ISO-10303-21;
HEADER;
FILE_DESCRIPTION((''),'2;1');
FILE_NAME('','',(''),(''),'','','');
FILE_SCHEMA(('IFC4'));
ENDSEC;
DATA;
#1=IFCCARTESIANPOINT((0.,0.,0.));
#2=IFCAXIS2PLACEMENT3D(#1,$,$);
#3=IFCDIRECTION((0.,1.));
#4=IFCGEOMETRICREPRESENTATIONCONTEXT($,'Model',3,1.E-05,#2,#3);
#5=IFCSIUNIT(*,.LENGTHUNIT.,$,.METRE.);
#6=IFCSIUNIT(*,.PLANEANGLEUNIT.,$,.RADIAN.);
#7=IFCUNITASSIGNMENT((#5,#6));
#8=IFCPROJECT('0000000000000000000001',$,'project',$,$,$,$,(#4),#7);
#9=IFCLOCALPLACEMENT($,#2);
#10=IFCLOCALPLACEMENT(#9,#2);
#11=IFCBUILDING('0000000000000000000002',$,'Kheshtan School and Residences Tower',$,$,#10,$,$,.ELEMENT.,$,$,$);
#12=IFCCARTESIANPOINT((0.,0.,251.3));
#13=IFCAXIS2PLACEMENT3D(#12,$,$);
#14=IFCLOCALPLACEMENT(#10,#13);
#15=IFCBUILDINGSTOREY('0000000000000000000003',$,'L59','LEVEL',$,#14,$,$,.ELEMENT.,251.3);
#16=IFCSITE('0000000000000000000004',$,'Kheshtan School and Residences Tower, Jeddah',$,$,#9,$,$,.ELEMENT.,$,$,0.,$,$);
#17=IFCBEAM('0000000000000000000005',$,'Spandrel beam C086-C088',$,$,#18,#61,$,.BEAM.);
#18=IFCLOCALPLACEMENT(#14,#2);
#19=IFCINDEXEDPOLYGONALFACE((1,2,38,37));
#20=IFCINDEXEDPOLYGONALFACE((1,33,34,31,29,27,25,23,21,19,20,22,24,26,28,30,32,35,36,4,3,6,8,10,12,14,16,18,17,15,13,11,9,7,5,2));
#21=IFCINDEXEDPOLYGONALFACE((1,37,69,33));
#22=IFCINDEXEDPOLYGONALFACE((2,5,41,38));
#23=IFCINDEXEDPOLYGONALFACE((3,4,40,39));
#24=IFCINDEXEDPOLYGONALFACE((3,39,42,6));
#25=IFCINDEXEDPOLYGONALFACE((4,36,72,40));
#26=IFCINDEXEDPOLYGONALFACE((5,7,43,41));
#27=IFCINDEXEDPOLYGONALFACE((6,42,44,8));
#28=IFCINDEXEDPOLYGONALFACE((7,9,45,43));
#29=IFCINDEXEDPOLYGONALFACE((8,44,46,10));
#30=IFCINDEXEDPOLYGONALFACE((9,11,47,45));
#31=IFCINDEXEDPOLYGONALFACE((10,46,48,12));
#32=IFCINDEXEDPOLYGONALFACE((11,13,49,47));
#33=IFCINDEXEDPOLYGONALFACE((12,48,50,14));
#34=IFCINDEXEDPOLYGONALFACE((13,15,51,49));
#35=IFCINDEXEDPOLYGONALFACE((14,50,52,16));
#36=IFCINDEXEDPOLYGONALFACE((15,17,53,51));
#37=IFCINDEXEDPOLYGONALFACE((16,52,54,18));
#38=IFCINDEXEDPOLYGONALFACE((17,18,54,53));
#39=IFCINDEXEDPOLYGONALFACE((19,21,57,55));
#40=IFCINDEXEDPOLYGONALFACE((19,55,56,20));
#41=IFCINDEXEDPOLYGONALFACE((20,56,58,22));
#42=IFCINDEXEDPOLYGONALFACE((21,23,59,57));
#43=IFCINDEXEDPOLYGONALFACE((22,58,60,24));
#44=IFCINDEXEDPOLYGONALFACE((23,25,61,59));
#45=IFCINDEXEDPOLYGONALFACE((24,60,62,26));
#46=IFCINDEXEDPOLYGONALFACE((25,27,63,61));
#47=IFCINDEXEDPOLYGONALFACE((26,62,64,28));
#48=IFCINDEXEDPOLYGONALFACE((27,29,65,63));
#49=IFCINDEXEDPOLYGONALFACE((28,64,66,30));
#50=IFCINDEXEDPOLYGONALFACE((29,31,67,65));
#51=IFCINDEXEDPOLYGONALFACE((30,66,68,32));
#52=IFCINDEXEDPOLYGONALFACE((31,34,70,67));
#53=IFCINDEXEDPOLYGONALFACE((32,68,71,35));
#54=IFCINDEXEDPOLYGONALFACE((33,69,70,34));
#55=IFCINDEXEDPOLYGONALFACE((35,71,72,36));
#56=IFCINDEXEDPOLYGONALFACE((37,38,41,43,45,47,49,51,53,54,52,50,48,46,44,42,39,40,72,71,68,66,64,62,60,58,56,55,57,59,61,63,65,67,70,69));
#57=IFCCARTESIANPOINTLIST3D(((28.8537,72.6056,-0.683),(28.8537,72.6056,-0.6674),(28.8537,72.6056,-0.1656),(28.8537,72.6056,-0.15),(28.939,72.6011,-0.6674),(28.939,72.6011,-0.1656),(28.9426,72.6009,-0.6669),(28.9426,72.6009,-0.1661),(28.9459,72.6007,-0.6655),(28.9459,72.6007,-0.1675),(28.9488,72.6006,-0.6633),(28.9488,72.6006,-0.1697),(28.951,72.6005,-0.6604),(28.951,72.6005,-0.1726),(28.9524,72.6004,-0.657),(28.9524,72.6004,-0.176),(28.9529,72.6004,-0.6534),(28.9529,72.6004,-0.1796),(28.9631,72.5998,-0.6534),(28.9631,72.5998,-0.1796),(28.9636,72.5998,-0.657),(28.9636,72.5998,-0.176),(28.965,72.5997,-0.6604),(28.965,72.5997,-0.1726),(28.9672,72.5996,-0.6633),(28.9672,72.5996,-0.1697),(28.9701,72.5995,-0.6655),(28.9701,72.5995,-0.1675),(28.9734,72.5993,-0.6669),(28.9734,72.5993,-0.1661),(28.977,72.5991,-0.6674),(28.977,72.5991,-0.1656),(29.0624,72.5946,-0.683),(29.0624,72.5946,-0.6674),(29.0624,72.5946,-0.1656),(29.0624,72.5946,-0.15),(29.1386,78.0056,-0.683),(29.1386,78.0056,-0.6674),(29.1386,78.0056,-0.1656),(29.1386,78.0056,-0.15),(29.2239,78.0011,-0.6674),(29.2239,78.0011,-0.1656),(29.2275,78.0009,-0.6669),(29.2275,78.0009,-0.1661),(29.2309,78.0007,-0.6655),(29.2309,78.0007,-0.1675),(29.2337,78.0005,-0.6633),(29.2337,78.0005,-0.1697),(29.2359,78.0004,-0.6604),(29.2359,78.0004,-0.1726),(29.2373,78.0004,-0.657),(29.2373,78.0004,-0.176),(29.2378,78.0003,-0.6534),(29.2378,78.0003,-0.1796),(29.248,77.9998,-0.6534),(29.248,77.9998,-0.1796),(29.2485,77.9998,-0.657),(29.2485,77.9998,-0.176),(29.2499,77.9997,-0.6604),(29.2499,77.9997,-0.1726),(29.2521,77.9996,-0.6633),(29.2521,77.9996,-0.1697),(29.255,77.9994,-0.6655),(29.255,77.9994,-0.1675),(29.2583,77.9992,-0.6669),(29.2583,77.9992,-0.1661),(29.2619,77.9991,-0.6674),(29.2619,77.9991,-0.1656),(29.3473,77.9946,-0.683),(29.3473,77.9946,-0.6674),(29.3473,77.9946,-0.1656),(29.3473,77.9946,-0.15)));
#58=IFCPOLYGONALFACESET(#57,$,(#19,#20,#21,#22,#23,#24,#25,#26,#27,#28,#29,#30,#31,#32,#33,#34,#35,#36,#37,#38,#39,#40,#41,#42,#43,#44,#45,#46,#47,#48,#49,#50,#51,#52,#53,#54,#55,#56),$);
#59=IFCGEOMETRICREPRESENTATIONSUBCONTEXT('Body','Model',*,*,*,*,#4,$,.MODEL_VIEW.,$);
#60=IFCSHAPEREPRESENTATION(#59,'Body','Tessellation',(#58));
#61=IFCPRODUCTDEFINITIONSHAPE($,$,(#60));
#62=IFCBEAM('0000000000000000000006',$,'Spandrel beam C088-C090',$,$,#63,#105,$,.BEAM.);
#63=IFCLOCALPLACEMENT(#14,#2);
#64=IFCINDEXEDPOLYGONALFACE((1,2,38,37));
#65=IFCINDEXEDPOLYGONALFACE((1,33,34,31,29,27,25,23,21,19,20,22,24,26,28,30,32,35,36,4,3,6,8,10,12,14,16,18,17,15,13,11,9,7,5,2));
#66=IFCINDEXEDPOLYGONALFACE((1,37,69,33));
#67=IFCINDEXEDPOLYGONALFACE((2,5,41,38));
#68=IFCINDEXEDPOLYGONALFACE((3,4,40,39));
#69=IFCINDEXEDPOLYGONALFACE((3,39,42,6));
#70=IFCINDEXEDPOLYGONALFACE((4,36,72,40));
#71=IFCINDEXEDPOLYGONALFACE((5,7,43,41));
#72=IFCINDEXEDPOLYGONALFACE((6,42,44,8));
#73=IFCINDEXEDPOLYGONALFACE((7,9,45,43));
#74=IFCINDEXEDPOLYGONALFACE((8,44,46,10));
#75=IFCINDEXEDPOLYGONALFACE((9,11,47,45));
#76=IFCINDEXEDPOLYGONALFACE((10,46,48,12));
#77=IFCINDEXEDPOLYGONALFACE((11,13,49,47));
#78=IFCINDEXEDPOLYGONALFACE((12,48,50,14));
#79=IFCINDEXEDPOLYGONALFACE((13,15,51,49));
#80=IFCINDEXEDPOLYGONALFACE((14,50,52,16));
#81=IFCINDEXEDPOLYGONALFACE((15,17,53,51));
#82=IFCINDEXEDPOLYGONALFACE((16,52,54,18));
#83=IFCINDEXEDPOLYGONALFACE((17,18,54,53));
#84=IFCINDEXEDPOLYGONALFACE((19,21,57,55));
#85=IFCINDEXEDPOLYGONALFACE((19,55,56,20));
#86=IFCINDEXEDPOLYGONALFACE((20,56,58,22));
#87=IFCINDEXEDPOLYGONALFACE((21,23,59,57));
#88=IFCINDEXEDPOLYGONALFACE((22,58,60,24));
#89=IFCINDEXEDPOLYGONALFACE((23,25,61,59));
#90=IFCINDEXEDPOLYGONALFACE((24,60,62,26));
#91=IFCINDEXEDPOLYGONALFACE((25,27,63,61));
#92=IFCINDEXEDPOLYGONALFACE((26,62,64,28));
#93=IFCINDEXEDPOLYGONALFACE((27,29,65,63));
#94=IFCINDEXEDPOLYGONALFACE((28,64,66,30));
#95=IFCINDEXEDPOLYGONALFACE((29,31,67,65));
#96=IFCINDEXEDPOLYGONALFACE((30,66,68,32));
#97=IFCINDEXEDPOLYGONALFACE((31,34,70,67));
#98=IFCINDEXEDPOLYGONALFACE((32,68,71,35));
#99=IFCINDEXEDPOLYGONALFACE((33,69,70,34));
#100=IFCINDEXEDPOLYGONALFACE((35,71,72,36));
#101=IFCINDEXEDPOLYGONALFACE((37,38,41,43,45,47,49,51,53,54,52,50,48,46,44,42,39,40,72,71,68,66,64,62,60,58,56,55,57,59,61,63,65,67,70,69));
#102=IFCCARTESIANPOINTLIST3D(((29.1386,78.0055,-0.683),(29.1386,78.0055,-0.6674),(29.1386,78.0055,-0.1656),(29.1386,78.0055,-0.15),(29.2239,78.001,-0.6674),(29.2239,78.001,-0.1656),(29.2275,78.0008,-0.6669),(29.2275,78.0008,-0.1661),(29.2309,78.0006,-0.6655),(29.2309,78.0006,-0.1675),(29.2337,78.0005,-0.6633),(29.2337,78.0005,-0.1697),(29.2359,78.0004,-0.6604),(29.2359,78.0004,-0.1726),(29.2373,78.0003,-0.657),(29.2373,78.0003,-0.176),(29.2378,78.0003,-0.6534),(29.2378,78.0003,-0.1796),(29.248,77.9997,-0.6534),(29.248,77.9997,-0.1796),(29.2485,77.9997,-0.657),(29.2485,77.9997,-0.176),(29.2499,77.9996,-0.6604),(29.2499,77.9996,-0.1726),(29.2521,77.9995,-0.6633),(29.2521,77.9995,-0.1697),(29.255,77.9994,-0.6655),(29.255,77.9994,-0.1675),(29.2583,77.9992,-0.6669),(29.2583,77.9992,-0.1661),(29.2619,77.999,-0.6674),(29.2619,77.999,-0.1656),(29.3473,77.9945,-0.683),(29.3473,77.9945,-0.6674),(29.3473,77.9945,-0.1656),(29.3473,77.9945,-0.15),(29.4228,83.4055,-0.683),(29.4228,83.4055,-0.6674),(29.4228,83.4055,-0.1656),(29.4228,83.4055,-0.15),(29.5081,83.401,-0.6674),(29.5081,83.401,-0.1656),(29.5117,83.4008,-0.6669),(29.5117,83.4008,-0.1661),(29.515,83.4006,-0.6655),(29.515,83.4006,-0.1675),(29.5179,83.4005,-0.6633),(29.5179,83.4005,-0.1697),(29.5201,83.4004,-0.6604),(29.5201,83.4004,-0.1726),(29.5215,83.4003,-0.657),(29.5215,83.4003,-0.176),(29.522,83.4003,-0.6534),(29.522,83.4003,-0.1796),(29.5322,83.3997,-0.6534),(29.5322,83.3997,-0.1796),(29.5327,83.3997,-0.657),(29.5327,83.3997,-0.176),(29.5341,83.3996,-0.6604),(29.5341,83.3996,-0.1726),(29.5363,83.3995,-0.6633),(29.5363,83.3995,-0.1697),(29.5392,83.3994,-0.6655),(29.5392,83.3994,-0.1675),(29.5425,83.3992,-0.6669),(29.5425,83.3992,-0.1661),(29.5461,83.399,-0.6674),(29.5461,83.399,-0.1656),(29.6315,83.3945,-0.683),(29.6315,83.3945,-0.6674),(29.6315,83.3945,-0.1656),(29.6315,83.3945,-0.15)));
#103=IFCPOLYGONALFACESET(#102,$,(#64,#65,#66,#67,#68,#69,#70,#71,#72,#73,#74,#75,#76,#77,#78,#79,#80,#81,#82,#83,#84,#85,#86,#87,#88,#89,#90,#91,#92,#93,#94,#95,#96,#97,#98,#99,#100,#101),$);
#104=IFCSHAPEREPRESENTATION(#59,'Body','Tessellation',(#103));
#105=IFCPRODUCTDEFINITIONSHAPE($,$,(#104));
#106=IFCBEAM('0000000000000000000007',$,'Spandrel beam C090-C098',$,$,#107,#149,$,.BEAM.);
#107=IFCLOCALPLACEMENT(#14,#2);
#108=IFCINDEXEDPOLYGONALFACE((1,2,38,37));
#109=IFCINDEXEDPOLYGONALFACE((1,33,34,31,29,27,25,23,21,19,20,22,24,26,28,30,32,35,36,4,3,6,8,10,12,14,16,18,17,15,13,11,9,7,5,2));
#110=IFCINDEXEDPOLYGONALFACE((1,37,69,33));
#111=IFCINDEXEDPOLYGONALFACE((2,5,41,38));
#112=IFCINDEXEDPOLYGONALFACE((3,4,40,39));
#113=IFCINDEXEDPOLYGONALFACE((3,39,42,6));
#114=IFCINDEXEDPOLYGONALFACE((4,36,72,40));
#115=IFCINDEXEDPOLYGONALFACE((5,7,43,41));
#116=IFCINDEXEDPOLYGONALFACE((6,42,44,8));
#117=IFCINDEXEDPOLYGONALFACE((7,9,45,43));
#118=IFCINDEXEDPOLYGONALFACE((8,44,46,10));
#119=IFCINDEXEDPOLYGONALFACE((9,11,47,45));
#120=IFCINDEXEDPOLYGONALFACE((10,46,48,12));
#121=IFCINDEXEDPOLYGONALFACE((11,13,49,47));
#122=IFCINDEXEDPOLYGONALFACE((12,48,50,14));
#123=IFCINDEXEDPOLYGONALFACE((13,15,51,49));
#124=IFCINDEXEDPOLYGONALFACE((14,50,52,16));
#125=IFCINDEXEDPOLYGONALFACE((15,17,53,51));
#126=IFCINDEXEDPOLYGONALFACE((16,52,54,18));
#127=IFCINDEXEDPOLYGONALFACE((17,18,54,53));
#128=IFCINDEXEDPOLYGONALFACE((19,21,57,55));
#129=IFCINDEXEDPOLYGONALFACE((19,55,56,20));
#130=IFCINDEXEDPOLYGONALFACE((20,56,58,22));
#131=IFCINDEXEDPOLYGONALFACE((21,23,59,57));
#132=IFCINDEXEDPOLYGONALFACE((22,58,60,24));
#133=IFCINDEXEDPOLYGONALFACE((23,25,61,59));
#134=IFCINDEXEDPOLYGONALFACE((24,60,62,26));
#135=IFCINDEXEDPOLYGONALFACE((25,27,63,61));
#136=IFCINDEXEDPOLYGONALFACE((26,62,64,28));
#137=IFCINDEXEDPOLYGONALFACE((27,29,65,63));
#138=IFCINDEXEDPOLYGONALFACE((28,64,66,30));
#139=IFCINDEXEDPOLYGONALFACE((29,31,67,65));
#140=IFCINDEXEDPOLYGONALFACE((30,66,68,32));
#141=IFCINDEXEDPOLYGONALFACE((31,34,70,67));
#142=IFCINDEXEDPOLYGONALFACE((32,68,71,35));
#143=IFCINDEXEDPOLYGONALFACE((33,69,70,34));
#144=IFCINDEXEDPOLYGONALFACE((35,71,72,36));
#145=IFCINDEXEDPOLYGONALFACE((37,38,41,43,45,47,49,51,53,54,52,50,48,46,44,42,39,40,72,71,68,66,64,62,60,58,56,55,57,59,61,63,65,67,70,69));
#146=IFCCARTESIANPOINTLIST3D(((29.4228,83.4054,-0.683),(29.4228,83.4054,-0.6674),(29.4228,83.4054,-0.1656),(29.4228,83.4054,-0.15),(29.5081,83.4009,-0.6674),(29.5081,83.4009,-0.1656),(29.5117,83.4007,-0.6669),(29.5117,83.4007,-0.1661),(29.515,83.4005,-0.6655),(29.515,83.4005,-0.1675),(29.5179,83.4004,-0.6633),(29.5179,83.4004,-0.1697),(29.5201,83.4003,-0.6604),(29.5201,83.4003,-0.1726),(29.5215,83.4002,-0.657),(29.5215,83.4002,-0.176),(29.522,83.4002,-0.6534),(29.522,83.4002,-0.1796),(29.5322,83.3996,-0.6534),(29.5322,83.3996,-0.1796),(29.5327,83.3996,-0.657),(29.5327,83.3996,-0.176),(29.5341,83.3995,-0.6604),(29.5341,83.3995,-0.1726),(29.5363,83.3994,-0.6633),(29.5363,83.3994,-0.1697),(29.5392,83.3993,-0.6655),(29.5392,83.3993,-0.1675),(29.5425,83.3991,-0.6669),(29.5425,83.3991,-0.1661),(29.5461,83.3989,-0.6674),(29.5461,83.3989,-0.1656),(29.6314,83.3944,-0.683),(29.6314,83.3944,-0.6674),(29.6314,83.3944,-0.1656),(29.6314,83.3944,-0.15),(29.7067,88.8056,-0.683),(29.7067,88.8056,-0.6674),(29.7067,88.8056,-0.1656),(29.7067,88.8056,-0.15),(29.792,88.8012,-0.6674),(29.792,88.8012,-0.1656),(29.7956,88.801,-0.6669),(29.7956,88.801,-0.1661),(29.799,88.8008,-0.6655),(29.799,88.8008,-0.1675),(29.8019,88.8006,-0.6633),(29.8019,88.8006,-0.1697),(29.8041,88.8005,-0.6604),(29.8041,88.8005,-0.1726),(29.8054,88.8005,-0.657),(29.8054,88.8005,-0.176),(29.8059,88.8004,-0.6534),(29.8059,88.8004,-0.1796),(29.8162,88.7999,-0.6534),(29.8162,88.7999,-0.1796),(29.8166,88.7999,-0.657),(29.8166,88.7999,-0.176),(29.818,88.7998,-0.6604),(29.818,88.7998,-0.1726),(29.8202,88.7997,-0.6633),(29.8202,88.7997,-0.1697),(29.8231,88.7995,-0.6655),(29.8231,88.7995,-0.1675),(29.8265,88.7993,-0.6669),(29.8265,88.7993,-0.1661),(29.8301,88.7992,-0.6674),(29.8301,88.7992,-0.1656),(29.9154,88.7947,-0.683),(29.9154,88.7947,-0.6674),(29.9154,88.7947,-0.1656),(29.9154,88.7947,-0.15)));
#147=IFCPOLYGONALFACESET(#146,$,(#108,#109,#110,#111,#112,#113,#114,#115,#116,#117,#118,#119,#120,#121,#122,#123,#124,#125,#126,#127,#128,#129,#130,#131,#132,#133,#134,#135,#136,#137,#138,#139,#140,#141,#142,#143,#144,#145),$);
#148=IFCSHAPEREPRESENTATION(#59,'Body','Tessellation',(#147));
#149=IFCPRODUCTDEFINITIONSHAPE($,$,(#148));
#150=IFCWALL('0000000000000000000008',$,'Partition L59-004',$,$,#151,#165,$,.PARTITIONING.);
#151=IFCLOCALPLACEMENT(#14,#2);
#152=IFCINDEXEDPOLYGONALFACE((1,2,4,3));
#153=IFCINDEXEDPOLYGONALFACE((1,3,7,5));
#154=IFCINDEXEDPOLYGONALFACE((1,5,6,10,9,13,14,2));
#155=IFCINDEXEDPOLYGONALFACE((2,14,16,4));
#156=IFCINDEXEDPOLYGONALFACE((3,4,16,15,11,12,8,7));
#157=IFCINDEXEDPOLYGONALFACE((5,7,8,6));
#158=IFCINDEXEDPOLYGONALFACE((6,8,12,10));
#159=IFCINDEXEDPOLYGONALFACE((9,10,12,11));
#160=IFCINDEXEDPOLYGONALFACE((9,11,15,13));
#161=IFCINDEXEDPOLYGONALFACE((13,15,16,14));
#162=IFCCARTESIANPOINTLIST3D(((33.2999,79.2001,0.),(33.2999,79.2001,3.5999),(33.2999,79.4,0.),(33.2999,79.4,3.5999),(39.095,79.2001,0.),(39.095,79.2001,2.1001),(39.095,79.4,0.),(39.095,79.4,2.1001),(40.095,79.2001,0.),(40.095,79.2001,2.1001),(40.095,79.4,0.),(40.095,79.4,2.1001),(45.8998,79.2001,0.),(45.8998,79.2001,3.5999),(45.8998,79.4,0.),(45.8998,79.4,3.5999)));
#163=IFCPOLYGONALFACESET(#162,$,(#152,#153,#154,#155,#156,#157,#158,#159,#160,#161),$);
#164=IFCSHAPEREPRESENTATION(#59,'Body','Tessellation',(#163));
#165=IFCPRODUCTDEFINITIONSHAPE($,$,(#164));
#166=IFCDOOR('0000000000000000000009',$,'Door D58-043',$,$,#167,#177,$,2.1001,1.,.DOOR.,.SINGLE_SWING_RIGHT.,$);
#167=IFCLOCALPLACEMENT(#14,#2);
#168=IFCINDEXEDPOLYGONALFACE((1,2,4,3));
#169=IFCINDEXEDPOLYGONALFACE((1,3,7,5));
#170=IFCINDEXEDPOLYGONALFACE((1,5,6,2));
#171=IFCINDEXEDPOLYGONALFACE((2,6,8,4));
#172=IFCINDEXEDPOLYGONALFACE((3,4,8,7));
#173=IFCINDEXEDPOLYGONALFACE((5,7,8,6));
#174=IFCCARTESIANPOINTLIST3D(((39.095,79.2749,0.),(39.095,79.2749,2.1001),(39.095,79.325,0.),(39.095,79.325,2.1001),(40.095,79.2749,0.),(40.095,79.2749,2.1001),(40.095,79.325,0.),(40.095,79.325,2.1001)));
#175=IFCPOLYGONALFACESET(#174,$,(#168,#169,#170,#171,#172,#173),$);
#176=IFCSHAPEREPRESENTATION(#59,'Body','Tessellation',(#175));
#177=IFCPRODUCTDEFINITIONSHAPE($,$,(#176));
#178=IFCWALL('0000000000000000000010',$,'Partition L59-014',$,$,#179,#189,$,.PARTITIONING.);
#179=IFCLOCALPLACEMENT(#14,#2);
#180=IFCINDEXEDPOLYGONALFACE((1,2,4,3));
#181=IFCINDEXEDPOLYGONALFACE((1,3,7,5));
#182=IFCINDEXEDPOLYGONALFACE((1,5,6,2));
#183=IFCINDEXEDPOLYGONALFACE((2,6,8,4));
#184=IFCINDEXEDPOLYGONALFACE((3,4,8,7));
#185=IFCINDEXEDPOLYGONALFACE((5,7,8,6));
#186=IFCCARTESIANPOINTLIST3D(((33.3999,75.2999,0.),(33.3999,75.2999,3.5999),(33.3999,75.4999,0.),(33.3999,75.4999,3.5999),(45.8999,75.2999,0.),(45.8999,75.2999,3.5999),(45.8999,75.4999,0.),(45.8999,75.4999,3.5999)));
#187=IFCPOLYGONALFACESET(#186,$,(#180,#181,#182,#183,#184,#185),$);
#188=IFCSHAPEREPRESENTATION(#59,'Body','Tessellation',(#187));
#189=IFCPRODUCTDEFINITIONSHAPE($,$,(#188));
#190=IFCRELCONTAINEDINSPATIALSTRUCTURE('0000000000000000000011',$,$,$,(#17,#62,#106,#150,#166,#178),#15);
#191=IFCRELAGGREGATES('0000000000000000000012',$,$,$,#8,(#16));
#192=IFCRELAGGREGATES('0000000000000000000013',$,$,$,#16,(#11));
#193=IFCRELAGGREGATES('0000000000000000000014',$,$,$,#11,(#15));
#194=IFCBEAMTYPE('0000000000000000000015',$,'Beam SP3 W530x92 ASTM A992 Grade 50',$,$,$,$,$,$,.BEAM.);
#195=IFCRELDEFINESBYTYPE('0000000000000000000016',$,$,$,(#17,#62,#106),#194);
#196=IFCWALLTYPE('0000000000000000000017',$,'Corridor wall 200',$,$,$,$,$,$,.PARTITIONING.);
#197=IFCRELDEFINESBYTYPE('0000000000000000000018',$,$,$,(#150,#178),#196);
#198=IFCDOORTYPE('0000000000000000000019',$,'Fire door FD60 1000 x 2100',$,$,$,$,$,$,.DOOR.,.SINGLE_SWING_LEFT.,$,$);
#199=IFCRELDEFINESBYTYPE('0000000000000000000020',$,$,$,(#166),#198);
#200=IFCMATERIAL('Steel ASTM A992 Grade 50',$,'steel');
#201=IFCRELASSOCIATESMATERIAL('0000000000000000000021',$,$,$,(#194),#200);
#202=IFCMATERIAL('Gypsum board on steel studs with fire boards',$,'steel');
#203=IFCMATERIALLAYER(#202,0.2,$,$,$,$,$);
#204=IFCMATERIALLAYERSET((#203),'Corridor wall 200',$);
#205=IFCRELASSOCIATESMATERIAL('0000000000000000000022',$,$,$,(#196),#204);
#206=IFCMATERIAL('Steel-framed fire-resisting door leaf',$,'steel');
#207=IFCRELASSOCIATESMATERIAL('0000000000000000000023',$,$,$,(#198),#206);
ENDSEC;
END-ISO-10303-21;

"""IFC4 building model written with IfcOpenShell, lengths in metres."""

from ifc_helpers import new_model, si_unit, direction, frame, frame_2d, origin, origin_2d, place, context, subcontext, project, spatial, rectangle, i_section, extrude, source, transform, mapped, material, layer, layer_set, material_profile, profile_set, type_object, element, fill, save


model = new_model("IFC4")

# Units and contexts
model_context = context("Model", 3, precision=1e-05, world=origin(), true_north=direction((0.0, 1.0)))
body_context = subcontext(model_context, "Body", "Model", "MODEL_VIEW")
ifc_project = project(units=[si_unit("LENGTHUNIT", "METRE"), si_unit("PLANEANGLEUNIT", "RADIAN")], contexts=[model_context])

# Site, building, storey
site_placement = place(None, origin())
site = spatial("IfcSite", under=ifc_project, at=site_placement, Name="Kheshtan School and Residences Tower, Jeddah", CompositionType="ELEMENT", RefElevation=0.0)
building_placement = place(site_placement, origin())
building = spatial("IfcBuilding", under=site, at=building_placement, Name="Kheshtan School and Residences Tower", CompositionType="ELEMENT")
storey_placement = place(building_placement, frame((0.0, 0.0, 251.3)))
storey = spatial("IfcBuildingStorey", under=building, at=storey_placement, Name="L59", Description="LEVEL", CompositionType="ELEMENT", Elevation=251.3)

# Shared definitions
ifc_material_1 = material(Name="Steel ASTM A992 Grade 50", Category="steel")

# Beams
ifc_material_profile_1 = material_profile(ifc_material_1, i_section(OverallWidth=0.209, OverallDepth=0.533, WebThickness=0.0103, FlangeThickness=0.0156, FilletRadius=0.0139, at=origin_2d()), Name="W530x92")
ifc_profile_set_1 = profile_set([ifc_material_profile_1], Name="Steel ASTM A992 Grade 50")
beam_type_1 = type_object("IfcBeamType", Name="Beam SP3 W530x92 ASTM A992 Grade 50", PredefinedType="BEAM", material=ifc_profile_set_1)
for number, where, z_axis, x_axis, name in (
    (1, (28.958, 72.6001, -0.4165), (0.052689, 0.998611, 0.0), (-0.998611, 0.052689, 0.0), "Spandrel beam C086-C088"),
    (2, (29.2429, 78.0, -0.4165), (0.052554, 0.998618, 0.0), (-0.998618, 0.052554, 0.0), "Spandrel beam C088-C090"),
):
    element("IfcBeam", number, at=place(storey_placement, frame(where, z_axis=z_axis, x_axis=x_axis)), inside=storey, type_object=beam_type_1, Name=name, PredefinedType="BEAM", context=body_context, shape_type="SweptSolid", body=[
        extrude(i_section(OverallWidth=0.209, OverallDepth=0.533, WebThickness=0.0103, FlangeThickness=0.0156, FilletRadius=0.0139, at=origin_2d()), origin(), (0.0, 0.0, 1.0), 5.4075),
    ])
beam_1_placement = place(storey_placement, frame((29.5271, 83.3999, -0.4165), z_axis=(0.052507, 0.998621, 0.0), x_axis=(-0.998621, 0.052507, 0.0)))
element("IfcBeam", 3, at=beam_1_placement, inside=storey, type_object=beam_type_1, Name="Spandrel beam C090-C098", PredefinedType="BEAM", context=body_context, shape_type="SweptSolid", body=[
    extrude(i_section(OverallWidth=0.209, OverallDepth=0.533, WebThickness=0.0103, FlangeThickness=0.0156, FilletRadius=0.0139, at=origin_2d()), origin(), (0.0, 0.0, 1.0), 5.4077),
])

# Wall, opening, door
ifc_material_2 = material(Name="Gypsum board on steel studs with fire boards", Category="steel")
ifc_layer_1 = layer(ifc_material_2, 0.2)
ifc_layer_set_1 = layer_set([ifc_layer_1], Name="Corridor wall 200")
wall_type_1 = type_object("IfcWallType", Name="Corridor wall 200", PredefinedType="PARTITIONING", material=ifc_layer_set_1)
wall_1_placement = place(storey_placement, frame((33.3, 79.3, 0.0), z_axis=(0.0, 0.0, 1.0), x_axis=(1.0, 0.0, 0.0)))
wall_1 = element("IfcWall", 4, at=wall_1_placement, inside=storey, type_object=wall_type_1, Name="Partition L59-004", PredefinedType="PARTITIONING", context=body_context, shape_type="SweptSolid", body=[
    extrude(rectangle(XDim=12.5999, YDim=0.2, at=frame_2d((6.2998, 0.0))), origin(), (0.0, 0.0, 1.0), 3.5999),
])
opening_1_placement = place(wall_1_placement, frame((5.7949, 0.0, 0.0)))
opening_1 = element("IfcOpeningElement", 5, at=opening_1_placement, cuts=wall_1, PredefinedType="OPENING", context=body_context, shape_type="SweptSolid", body=[
    extrude(rectangle(XDim=1.0, YDim=2.1001, at=frame_2d((0.5, 1.05))), frame((0.0, 0.1099, 0.0), z_axis=(0.0, -1.0, 0.0), x_axis=(1.0, 0.0, 0.0)), (0.0, 0.0, 1.0), 0.22),
])
ifc_material_3 = material(Name="Steel-framed fire-resisting door leaf", Category="steel")
door_type_1 = type_object("IfcDoorType", Name="Fire door FD60 1000 x 2100", OperationType="SINGLE_SWING_LEFT", PredefinedType="DOOR", material=ifc_material_3)
shared_shape_1 = source(origin(), body_context, "Body", "SweptSolid", [
    extrude(rectangle(XDim=1.0, YDim=2.1001, at=frame_2d((0.5, 1.05))), frame((0.0, 0.0249, 0.0), z_axis=(0.0, -1.0, 0.0), x_axis=(1.0, 0.0, 0.0)), (0.0, 0.0, 1.0), 0.05),
])
door_1_placement = place(opening_1_placement, origin())
door_1 = element("IfcDoor", 6, at=door_1_placement, inside=storey, type_object=door_type_1, Name="Door D58-043", OperationType="SINGLE_SWING_RIGHT", OverallHeight=2.1001, OverallWidth=1.0, PredefinedType="DOOR", context=body_context, shape_type="MappedRepresentation", body=[
    mapped(shared_shape_1, transform((0.0, 0.0, 0.0), x_axis=(1.0, 0.0, 0.0), y_axis=(0.0, 1.0, 0.0), z_axis=(0.0, 0.0, 1.0), scale=1.0)),
])
fill(opening_1, door_1)

# Wall
wall_2_placement = place(storey_placement, frame((33.3999, 75.3999, 0.0), z_axis=(0.0, 0.0, 1.0), x_axis=(1.0, 0.0, 0.0)))
element("IfcWall", 7, at=wall_2_placement, inside=storey, type_object=wall_type_1, Name="Partition L59-014", PredefinedType="PARTITIONING", context=body_context, shape_type="SweptSolid", body=[
    extrude(rectangle(XDim=12.5, YDim=0.2, at=frame_2d((6.25, 0.0))), origin(), (0.0, 0.0, 1.0), 3.5999),
])

save(model, "model.ifc")
